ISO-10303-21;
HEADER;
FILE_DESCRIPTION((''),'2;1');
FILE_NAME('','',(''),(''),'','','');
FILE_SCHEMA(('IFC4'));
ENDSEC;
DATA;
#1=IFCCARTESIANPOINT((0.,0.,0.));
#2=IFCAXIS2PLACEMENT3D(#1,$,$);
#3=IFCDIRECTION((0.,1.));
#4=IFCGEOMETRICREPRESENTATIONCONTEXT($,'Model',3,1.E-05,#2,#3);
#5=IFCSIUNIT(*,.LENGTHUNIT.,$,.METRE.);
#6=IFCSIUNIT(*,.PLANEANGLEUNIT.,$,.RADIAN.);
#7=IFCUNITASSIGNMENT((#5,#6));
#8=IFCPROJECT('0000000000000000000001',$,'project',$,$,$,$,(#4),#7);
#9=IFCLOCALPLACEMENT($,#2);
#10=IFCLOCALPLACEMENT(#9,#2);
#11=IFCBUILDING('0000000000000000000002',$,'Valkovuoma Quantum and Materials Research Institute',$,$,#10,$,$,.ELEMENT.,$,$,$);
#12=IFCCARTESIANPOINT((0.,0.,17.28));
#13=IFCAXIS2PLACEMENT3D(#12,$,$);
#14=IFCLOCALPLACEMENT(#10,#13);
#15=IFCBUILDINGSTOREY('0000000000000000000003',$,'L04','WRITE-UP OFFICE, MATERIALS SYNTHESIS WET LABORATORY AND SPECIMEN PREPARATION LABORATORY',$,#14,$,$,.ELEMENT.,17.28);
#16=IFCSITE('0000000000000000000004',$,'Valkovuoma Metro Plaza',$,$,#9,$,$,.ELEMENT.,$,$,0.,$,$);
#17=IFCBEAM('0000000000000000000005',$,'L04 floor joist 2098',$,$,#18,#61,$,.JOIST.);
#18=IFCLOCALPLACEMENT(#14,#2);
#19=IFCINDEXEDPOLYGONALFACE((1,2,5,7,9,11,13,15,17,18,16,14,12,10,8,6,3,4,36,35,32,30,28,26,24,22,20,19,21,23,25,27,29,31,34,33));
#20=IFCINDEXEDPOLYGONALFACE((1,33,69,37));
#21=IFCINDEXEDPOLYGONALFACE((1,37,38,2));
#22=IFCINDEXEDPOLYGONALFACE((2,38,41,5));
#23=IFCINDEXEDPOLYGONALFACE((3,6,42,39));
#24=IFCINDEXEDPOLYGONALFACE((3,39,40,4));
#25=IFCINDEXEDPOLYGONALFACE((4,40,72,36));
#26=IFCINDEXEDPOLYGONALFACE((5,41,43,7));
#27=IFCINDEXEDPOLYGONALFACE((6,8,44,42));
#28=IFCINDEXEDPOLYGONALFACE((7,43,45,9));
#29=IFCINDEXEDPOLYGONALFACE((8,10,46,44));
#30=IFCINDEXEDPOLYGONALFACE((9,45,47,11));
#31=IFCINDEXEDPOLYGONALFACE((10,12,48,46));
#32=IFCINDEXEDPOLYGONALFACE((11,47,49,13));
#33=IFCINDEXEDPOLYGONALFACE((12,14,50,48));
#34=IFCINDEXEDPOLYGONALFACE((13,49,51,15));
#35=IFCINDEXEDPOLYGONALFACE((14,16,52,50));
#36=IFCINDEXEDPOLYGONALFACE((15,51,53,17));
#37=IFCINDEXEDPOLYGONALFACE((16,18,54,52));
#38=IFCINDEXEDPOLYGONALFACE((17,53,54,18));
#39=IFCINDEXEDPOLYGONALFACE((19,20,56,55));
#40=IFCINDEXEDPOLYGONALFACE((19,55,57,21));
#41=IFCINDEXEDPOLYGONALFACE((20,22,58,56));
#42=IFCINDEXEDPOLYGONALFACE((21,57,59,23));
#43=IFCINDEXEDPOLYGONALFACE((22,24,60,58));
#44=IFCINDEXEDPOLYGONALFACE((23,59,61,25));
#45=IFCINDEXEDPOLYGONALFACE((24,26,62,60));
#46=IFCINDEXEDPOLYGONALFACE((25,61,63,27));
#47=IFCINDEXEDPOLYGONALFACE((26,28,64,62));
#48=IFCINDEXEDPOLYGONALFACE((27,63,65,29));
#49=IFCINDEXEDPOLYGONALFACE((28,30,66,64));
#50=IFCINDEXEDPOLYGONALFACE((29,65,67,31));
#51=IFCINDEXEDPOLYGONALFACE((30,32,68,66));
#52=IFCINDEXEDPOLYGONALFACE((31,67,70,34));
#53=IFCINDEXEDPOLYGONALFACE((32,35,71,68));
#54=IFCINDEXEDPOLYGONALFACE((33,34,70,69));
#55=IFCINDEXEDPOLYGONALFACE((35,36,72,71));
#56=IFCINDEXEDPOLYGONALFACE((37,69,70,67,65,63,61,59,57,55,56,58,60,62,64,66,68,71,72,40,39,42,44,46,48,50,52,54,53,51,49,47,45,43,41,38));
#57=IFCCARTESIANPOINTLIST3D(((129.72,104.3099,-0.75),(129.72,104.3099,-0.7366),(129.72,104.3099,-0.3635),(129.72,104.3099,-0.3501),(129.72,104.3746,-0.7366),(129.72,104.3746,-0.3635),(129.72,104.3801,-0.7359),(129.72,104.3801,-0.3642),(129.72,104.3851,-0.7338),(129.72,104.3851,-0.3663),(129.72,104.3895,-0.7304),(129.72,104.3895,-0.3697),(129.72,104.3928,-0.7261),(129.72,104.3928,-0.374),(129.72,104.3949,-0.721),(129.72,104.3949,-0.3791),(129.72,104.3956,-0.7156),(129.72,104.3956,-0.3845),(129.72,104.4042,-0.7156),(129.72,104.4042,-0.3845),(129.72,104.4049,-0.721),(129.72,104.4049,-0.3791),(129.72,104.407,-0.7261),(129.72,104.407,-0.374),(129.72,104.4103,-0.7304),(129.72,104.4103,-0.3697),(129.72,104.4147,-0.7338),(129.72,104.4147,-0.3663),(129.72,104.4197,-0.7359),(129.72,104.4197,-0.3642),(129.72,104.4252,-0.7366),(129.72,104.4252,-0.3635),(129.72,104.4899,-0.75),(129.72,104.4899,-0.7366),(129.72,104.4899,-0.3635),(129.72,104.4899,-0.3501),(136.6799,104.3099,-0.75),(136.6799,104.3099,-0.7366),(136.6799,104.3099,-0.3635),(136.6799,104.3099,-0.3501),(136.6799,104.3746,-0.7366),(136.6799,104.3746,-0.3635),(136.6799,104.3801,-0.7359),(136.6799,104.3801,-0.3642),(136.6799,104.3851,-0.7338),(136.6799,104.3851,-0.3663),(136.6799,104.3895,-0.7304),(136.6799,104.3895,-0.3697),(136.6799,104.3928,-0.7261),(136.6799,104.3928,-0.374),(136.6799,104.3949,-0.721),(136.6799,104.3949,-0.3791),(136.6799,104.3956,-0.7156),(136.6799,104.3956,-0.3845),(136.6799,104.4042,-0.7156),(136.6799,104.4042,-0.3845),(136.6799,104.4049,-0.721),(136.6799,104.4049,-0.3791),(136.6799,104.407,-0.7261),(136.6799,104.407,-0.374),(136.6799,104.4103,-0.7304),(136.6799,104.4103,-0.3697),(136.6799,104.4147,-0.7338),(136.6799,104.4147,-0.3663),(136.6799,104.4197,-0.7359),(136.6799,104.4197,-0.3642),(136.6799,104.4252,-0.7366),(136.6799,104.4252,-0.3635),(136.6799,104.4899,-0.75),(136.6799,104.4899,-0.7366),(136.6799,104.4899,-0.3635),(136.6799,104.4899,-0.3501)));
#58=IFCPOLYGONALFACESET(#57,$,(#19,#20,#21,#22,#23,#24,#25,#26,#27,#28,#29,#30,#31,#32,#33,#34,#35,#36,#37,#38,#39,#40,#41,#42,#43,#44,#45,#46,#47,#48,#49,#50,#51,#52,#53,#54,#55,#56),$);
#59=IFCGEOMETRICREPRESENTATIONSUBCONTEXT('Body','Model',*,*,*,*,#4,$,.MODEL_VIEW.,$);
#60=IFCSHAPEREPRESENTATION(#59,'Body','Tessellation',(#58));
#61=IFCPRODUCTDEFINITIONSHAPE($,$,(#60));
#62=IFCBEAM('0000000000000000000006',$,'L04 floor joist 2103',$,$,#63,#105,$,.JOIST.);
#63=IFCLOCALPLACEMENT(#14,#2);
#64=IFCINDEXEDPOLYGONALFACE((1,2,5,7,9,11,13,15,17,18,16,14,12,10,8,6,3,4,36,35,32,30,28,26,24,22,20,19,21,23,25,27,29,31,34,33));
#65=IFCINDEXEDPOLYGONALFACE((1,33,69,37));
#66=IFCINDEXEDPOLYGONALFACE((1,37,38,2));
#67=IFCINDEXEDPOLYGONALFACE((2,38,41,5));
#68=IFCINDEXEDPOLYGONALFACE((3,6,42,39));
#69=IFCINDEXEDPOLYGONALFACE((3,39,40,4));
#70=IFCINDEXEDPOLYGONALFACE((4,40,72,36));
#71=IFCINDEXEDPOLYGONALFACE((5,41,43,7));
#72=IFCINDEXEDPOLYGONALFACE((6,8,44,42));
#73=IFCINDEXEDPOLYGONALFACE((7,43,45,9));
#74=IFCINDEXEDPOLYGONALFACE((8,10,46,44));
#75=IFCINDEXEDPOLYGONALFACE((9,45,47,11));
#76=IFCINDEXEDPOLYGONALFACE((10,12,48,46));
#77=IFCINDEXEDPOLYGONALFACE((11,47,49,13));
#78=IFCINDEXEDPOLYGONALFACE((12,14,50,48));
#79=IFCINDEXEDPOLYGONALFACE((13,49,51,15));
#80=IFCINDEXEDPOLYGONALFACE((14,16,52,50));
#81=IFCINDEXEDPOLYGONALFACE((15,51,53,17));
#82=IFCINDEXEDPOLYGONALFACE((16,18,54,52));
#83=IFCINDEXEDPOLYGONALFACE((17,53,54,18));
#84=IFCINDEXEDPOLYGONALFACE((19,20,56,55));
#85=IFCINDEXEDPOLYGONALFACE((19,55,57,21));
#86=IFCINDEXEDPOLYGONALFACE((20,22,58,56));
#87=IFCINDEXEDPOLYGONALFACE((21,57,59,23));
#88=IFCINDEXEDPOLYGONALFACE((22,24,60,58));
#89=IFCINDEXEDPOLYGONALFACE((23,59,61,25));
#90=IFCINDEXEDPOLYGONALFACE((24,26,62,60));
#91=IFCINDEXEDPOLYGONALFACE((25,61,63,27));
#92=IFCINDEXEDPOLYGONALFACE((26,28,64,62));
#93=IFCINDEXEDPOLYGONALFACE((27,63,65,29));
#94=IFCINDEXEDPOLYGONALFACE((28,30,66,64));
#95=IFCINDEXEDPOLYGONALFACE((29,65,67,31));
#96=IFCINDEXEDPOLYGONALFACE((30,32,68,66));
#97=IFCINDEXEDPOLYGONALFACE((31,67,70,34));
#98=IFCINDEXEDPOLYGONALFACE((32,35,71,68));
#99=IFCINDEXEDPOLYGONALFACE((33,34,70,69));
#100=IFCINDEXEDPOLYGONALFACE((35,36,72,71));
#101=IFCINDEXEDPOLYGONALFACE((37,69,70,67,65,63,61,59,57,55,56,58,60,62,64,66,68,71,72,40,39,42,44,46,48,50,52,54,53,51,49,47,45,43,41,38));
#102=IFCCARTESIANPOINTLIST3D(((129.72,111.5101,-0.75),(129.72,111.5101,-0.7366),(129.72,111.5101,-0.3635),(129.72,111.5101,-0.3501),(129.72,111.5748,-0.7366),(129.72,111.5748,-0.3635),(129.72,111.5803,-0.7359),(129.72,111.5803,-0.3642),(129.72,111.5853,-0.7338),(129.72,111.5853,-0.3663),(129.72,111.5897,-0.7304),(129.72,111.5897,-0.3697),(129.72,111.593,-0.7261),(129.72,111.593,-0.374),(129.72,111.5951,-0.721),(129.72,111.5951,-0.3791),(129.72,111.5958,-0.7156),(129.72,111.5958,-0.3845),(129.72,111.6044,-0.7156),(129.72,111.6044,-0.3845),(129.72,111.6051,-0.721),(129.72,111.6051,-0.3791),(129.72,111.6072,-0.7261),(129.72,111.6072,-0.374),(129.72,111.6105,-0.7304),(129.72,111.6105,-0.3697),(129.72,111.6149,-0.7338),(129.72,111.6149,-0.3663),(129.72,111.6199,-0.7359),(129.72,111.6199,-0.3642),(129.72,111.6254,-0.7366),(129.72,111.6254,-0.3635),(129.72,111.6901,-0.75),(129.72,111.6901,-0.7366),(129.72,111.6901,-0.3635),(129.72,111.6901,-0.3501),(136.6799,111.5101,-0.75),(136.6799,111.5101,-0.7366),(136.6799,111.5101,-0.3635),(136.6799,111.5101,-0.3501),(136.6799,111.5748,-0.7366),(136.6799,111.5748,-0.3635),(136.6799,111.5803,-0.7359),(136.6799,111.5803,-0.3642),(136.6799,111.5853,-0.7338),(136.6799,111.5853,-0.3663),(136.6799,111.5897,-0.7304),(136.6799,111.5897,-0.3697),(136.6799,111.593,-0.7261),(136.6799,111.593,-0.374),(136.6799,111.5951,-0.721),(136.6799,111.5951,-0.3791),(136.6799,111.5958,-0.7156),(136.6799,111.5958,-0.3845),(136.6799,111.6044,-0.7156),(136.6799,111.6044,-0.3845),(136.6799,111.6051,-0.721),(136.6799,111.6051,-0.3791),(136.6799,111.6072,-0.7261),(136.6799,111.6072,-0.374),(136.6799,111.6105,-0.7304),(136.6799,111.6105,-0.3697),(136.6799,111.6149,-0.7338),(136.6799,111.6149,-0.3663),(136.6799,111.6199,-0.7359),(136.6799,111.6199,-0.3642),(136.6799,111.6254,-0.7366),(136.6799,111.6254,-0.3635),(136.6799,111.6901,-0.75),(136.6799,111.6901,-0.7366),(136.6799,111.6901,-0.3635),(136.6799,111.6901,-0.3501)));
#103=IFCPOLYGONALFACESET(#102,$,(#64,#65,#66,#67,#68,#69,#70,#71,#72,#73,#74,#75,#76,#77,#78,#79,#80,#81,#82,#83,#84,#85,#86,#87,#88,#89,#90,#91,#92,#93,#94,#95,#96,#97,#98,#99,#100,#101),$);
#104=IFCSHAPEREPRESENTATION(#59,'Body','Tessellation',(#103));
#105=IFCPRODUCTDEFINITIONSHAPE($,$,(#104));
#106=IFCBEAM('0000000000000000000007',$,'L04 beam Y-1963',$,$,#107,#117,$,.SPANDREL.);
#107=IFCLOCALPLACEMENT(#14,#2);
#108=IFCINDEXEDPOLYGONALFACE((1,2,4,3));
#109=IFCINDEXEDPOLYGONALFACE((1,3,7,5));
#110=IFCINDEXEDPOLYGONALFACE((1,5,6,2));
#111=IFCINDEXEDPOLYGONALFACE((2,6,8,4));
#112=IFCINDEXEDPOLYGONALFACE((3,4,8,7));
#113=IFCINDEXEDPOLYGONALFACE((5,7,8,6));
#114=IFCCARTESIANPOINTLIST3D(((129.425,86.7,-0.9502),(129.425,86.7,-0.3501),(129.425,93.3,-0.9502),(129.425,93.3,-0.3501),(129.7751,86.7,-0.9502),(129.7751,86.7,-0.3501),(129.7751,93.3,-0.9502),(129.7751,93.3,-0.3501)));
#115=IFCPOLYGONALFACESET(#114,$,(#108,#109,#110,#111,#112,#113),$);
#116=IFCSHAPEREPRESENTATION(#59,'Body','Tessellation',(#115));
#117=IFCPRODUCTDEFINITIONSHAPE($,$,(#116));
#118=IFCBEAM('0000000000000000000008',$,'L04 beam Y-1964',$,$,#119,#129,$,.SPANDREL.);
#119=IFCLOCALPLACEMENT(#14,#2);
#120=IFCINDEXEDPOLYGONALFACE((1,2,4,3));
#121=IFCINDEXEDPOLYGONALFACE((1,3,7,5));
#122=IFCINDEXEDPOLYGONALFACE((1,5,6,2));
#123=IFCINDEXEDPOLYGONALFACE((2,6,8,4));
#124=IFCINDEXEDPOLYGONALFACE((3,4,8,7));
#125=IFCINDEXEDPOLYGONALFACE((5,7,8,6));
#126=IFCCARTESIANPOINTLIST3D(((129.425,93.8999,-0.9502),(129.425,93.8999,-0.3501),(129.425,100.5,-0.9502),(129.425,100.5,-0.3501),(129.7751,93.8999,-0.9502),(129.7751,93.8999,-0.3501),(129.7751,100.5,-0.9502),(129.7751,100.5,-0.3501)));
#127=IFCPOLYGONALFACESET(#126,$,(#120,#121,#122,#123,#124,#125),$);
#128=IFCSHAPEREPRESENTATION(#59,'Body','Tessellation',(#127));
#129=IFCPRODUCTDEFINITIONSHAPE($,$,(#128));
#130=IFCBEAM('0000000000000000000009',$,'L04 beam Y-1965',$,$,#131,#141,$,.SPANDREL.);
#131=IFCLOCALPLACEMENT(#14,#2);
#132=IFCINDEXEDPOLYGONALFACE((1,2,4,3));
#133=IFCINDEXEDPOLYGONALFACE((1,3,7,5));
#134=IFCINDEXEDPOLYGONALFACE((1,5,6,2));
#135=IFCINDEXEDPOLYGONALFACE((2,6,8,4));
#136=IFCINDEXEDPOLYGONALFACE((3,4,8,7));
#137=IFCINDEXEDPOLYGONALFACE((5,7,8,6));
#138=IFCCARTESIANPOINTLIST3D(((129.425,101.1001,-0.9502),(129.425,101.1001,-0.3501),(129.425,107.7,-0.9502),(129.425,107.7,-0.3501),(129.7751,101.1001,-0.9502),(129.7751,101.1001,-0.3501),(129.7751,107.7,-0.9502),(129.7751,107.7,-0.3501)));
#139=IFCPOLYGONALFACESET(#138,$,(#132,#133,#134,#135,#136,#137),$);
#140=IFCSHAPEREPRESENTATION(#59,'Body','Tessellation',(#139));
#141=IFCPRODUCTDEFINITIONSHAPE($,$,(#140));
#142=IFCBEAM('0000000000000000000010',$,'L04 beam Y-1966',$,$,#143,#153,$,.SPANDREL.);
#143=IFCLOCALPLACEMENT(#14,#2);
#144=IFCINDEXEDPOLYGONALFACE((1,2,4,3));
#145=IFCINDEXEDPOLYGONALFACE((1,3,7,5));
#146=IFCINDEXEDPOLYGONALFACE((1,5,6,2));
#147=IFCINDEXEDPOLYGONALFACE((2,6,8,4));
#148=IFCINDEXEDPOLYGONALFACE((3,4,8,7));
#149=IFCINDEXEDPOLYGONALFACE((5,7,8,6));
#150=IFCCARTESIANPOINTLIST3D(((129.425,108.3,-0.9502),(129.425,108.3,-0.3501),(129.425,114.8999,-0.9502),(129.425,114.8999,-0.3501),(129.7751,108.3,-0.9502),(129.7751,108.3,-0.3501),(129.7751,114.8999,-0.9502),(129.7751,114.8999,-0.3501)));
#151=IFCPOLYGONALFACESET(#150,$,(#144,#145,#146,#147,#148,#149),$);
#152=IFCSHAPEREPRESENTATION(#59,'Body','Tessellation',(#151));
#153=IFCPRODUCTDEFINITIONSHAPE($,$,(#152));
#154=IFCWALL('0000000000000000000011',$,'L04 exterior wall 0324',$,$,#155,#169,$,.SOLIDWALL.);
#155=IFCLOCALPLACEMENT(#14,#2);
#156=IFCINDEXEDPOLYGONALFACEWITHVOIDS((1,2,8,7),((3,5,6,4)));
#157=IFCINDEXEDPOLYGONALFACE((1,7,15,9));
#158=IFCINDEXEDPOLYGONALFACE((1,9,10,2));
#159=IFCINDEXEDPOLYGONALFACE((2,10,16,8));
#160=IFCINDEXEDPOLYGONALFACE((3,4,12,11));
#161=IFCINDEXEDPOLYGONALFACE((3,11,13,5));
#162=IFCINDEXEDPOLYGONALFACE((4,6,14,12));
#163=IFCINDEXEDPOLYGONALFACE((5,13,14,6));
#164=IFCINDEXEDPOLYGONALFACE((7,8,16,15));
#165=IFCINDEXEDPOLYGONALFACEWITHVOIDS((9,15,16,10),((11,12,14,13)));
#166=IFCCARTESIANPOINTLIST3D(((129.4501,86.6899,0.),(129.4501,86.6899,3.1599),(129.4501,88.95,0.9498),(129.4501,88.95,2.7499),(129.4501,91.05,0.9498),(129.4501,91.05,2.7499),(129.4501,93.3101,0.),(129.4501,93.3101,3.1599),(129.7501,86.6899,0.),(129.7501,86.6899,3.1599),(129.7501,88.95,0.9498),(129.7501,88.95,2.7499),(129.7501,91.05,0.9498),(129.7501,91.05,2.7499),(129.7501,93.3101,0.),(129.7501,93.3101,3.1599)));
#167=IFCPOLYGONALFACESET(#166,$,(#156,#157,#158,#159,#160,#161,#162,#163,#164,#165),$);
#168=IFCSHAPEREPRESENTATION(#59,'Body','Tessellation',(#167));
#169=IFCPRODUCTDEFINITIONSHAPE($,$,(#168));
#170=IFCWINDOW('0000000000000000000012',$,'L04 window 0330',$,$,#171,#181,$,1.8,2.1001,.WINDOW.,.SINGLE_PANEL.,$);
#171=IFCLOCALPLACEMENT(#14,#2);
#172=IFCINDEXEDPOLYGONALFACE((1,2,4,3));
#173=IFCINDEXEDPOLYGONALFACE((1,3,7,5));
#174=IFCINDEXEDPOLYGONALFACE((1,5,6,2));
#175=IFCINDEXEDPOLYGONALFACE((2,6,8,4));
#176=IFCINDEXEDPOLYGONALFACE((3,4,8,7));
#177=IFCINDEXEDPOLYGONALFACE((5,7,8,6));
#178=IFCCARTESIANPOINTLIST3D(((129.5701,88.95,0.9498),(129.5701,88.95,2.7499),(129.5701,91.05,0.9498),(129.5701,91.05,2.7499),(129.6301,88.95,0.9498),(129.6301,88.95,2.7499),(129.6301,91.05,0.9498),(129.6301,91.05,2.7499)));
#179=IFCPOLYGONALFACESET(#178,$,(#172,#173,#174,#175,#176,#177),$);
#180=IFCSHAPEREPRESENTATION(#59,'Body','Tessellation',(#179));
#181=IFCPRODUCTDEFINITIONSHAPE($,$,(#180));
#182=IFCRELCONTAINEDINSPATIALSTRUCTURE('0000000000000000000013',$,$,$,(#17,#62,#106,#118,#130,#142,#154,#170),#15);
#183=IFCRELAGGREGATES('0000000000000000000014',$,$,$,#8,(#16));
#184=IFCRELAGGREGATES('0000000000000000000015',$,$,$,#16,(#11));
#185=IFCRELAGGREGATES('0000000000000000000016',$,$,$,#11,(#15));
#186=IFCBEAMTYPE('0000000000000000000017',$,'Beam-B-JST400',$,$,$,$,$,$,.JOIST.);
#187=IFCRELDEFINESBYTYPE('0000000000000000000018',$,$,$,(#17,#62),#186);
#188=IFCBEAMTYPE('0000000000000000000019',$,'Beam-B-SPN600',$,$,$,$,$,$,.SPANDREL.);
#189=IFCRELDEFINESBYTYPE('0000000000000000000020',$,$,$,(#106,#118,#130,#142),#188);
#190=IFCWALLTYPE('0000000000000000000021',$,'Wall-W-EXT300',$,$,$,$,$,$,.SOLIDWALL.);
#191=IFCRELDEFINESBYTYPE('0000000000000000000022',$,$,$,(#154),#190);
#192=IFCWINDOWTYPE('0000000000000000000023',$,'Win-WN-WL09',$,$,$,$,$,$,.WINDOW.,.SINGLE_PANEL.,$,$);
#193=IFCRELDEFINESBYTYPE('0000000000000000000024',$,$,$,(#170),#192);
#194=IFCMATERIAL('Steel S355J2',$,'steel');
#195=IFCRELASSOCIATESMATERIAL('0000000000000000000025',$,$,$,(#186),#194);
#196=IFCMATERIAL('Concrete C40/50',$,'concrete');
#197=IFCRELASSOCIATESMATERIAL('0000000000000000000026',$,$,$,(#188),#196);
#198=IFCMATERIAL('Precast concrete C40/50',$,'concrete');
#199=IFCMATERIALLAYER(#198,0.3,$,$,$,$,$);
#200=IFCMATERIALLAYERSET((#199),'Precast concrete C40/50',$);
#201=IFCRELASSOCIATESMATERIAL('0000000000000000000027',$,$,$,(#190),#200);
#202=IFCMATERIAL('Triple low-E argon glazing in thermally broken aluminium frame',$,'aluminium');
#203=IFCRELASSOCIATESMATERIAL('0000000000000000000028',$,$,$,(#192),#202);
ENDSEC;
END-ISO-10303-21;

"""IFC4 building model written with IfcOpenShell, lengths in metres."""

from ifc_helpers import new_model, si_unit, direction, frame, frame_2d, origin, origin_2d, place, context, subcontext, project, spatial, rectangle, i_section, extrude, material, layer, layer_set, material_profile, profile_set, type_object, element, fill, save


model = new_model("IFC4")

# Units and contexts
model_context = context("Model", 3, precision=1e-05, world=origin(), true_north=direction((0.0, 1.0)))
body_context = subcontext(model_context, "Body", "Model", "MODEL_VIEW")
ifc_project = project(units=[si_unit("LENGTHUNIT", "METRE"), si_unit("PLANEANGLEUNIT", "RADIAN")], contexts=[model_context])

# Site, building, storey
site_placement = place(None, origin())
site = spatial("IfcSite", under=ifc_project, at=site_placement, Name="Valkovuoma Metro Plaza", CompositionType="ELEMENT", RefElevation=0.0)
building_placement = place(site_placement, origin())
building = spatial("IfcBuilding", under=site, at=building_placement, Name="Valkovuoma Quantum and Materials Research Institute", CompositionType="ELEMENT")
storey_placement = place(building_placement, frame((0.0, 0.0, 17.28)))
storey = spatial("IfcBuildingStorey", under=building, at=storey_placement, Name="L04", Description="WRITE-UP OFFICE, MATERIALS SYNTHESIS WET LABORATORY AND SPECIMEN PREPARATION LABORATORY", CompositionType="ELEMENT", Elevation=17.28)

# Beams
ifc_material_1 = material(Name="Steel S355J2", Category="steel")
ifc_material_profile_1 = material_profile(ifc_material_1, i_section(OverallWidth=0.1799, OverallDepth=0.3999, WebThickness=0.0085, FlangeThickness=0.0134, FilletRadius=0.021, at=origin_2d()), Name="Steel S355J2")
ifc_profile_set_1 = profile_set([ifc_material_profile_1], Name="Steel S355J2")
beam_type_1 = type_object("IfcBeamType", Name="Beam-B-JST400", PredefinedType="JOIST", material=ifc_profile_set_1)
for number, where, z_axis, x_axis, name in (
    (1, (129.72, 104.3999, -0.55), (1.0, 0.0, 0.0), (0.0, 1.0, 0.0), "L04 floor joist 2098"),
    (2, (129.72, 111.6001, -0.55), (1.0, 0.0, 0.0), (0.0, 1.0, 0.0), "L04 floor joist 2103"),
):
    element("IfcBeam", number, at=place(storey_placement, frame(where, z_axis=z_axis, x_axis=x_axis)), inside=storey, type_object=beam_type_1, Name=name, PredefinedType="JOIST", context=body_context, shape_type="SweptSolid", body=[
        extrude(i_section(OverallWidth=0.1799, OverallDepth=0.3999, WebThickness=0.0085, FlangeThickness=0.0134, FilletRadius=0.021, at=origin_2d()), origin(), (0.0, 0.0, 1.0), 6.96),
    ])
ifc_material_2 = material(Name="Concrete C40/50", Category="concrete")
ifc_material_profile_2 = material_profile(ifc_material_2, rectangle(XDim=0.3501, YDim=0.6001, at=origin_2d()), Name="Concrete C40/50")
ifc_profile_set_2 = profile_set([ifc_material_profile_2], Name="Concrete C40/50")
beam_type_2 = type_object("IfcBeamType", Name="Beam-B-SPN600", PredefinedType="SPANDREL", material=ifc_profile_set_2)
for number, where, z_axis, x_axis, name in (
    (3, (129.6001, 86.7, -0.6501), (0.0, 1.0, 0.0), (-1.0, 0.0, 0.0), "L04 beam Y-1963"),
    (4, (129.6001, 93.8999, -0.6501), (0.0, 1.0, 0.0), (-1.0, 0.0, 0.0), "L04 beam Y-1964"),
):
    element("IfcBeam", number, at=place(storey_placement, frame(where, z_axis=z_axis, x_axis=x_axis)), inside=storey, type_object=beam_type_2, Name=name, PredefinedType="SPANDREL", context=body_context, shape_type="SweptSolid", body=[
        extrude(rectangle(XDim=0.3501, YDim=0.6001, at=origin_2d()), origin(), (0.0, 0.0, 1.0), 6.6001),
    ])
for number, where, z_axis, x_axis, name in (
    (5, (129.6001, 101.1001, -0.6501), (0.0, 1.0, 0.0), (-1.0, 0.0, 0.0), "L04 beam Y-1965"),
    (6, (129.6001, 108.3, -0.6501), (0.0, 1.0, 0.0), (-1.0, 0.0, 0.0), "L04 beam Y-1966"),
):
    element("IfcBeam", number, at=place(storey_placement, frame(where, z_axis=z_axis, x_axis=x_axis)), inside=storey, type_object=beam_type_2, Name=name, PredefinedType="SPANDREL", context=body_context, shape_type="SweptSolid", body=[
        extrude(rectangle(XDim=0.3501, YDim=0.6001, at=origin_2d()), origin(), (0.0, 0.0, 1.0), 6.5999),
    ])

# Wall, opening, window
ifc_material_3 = material(Name="Precast concrete C40/50", Category="concrete")
ifc_layer_1 = layer(ifc_material_3, 0.3)
ifc_layer_set_1 = layer_set([ifc_layer_1], Name="Precast concrete C40/50")
wall_type_1 = type_object("IfcWallType", Name="Wall-W-EXT300", PredefinedType="SOLIDWALL", material=ifc_layer_set_1)
wall_1_placement = place(storey_placement, frame((129.6001, 86.6899, 0.0), z_axis=(0.0, 0.0, 1.0), x_axis=(0.0, 1.0, 0.0)))
wall_1 = element("IfcWall", 7, at=wall_1_placement, inside=storey, type_object=wall_type_1, Name="L04 exterior wall 0324", PredefinedType="SOLIDWALL", context=body_context, shape_type="SweptSolid", body=[
    extrude(rectangle(XDim=6.6201, YDim=0.3, at=frame_2d((3.3101, 0.0))), origin(), (0.0, 0.0, 1.0), 3.1599),
])
opening_1_placement = place(wall_1_placement, frame((2.26, 0.0, 0.95)))
opening_1 = element("IfcOpeningElement", 8, at=opening_1_placement, cuts=wall_1, PredefinedType="OPENING", context=body_context, shape_type="SweptSolid", body=[
    extrude(rectangle(XDim=2.1001, YDim=1.8, at=frame_2d((1.05, 0.8999))), frame((0.0, 0.1602, 0.0), z_axis=(0.0, -1.0, 0.0), x_axis=(1.0, 0.0, 0.0)), (0.0, 0.0, 1.0), 0.3201),
])
ifc_material_4 = material(Name="Triple low-E argon glazing in thermally broken aluminium frame", Category="aluminium")
window_type_1 = type_object("IfcWindowType", Name="Win-WN-WL09", PartitioningType="SINGLE_PANEL", PredefinedType="WINDOW", material=ifc_material_4)
window_1_placement = place(opening_1_placement, origin())
window_1 = element("IfcWindow", 9, at=window_1_placement, inside=storey, type_object=window_type_1, Name="L04 window 0330", OverallHeight=1.8, OverallWidth=2.1001, PartitioningType="SINGLE_PANEL", PredefinedType="WINDOW", context=body_context, shape_type="SweptSolid", body=[
    extrude(rectangle(XDim=2.1001, YDim=1.8, at=frame_2d((1.05, 0.8999))), frame((0.0, 0.03, 0.0), z_axis=(0.0, -1.0, 0.0), x_axis=(1.0, 0.0, 0.0)), (0.0, 0.0, 1.0), 0.0601),
])
fill(opening_1, window_1)

save(model, "model.ifc")
